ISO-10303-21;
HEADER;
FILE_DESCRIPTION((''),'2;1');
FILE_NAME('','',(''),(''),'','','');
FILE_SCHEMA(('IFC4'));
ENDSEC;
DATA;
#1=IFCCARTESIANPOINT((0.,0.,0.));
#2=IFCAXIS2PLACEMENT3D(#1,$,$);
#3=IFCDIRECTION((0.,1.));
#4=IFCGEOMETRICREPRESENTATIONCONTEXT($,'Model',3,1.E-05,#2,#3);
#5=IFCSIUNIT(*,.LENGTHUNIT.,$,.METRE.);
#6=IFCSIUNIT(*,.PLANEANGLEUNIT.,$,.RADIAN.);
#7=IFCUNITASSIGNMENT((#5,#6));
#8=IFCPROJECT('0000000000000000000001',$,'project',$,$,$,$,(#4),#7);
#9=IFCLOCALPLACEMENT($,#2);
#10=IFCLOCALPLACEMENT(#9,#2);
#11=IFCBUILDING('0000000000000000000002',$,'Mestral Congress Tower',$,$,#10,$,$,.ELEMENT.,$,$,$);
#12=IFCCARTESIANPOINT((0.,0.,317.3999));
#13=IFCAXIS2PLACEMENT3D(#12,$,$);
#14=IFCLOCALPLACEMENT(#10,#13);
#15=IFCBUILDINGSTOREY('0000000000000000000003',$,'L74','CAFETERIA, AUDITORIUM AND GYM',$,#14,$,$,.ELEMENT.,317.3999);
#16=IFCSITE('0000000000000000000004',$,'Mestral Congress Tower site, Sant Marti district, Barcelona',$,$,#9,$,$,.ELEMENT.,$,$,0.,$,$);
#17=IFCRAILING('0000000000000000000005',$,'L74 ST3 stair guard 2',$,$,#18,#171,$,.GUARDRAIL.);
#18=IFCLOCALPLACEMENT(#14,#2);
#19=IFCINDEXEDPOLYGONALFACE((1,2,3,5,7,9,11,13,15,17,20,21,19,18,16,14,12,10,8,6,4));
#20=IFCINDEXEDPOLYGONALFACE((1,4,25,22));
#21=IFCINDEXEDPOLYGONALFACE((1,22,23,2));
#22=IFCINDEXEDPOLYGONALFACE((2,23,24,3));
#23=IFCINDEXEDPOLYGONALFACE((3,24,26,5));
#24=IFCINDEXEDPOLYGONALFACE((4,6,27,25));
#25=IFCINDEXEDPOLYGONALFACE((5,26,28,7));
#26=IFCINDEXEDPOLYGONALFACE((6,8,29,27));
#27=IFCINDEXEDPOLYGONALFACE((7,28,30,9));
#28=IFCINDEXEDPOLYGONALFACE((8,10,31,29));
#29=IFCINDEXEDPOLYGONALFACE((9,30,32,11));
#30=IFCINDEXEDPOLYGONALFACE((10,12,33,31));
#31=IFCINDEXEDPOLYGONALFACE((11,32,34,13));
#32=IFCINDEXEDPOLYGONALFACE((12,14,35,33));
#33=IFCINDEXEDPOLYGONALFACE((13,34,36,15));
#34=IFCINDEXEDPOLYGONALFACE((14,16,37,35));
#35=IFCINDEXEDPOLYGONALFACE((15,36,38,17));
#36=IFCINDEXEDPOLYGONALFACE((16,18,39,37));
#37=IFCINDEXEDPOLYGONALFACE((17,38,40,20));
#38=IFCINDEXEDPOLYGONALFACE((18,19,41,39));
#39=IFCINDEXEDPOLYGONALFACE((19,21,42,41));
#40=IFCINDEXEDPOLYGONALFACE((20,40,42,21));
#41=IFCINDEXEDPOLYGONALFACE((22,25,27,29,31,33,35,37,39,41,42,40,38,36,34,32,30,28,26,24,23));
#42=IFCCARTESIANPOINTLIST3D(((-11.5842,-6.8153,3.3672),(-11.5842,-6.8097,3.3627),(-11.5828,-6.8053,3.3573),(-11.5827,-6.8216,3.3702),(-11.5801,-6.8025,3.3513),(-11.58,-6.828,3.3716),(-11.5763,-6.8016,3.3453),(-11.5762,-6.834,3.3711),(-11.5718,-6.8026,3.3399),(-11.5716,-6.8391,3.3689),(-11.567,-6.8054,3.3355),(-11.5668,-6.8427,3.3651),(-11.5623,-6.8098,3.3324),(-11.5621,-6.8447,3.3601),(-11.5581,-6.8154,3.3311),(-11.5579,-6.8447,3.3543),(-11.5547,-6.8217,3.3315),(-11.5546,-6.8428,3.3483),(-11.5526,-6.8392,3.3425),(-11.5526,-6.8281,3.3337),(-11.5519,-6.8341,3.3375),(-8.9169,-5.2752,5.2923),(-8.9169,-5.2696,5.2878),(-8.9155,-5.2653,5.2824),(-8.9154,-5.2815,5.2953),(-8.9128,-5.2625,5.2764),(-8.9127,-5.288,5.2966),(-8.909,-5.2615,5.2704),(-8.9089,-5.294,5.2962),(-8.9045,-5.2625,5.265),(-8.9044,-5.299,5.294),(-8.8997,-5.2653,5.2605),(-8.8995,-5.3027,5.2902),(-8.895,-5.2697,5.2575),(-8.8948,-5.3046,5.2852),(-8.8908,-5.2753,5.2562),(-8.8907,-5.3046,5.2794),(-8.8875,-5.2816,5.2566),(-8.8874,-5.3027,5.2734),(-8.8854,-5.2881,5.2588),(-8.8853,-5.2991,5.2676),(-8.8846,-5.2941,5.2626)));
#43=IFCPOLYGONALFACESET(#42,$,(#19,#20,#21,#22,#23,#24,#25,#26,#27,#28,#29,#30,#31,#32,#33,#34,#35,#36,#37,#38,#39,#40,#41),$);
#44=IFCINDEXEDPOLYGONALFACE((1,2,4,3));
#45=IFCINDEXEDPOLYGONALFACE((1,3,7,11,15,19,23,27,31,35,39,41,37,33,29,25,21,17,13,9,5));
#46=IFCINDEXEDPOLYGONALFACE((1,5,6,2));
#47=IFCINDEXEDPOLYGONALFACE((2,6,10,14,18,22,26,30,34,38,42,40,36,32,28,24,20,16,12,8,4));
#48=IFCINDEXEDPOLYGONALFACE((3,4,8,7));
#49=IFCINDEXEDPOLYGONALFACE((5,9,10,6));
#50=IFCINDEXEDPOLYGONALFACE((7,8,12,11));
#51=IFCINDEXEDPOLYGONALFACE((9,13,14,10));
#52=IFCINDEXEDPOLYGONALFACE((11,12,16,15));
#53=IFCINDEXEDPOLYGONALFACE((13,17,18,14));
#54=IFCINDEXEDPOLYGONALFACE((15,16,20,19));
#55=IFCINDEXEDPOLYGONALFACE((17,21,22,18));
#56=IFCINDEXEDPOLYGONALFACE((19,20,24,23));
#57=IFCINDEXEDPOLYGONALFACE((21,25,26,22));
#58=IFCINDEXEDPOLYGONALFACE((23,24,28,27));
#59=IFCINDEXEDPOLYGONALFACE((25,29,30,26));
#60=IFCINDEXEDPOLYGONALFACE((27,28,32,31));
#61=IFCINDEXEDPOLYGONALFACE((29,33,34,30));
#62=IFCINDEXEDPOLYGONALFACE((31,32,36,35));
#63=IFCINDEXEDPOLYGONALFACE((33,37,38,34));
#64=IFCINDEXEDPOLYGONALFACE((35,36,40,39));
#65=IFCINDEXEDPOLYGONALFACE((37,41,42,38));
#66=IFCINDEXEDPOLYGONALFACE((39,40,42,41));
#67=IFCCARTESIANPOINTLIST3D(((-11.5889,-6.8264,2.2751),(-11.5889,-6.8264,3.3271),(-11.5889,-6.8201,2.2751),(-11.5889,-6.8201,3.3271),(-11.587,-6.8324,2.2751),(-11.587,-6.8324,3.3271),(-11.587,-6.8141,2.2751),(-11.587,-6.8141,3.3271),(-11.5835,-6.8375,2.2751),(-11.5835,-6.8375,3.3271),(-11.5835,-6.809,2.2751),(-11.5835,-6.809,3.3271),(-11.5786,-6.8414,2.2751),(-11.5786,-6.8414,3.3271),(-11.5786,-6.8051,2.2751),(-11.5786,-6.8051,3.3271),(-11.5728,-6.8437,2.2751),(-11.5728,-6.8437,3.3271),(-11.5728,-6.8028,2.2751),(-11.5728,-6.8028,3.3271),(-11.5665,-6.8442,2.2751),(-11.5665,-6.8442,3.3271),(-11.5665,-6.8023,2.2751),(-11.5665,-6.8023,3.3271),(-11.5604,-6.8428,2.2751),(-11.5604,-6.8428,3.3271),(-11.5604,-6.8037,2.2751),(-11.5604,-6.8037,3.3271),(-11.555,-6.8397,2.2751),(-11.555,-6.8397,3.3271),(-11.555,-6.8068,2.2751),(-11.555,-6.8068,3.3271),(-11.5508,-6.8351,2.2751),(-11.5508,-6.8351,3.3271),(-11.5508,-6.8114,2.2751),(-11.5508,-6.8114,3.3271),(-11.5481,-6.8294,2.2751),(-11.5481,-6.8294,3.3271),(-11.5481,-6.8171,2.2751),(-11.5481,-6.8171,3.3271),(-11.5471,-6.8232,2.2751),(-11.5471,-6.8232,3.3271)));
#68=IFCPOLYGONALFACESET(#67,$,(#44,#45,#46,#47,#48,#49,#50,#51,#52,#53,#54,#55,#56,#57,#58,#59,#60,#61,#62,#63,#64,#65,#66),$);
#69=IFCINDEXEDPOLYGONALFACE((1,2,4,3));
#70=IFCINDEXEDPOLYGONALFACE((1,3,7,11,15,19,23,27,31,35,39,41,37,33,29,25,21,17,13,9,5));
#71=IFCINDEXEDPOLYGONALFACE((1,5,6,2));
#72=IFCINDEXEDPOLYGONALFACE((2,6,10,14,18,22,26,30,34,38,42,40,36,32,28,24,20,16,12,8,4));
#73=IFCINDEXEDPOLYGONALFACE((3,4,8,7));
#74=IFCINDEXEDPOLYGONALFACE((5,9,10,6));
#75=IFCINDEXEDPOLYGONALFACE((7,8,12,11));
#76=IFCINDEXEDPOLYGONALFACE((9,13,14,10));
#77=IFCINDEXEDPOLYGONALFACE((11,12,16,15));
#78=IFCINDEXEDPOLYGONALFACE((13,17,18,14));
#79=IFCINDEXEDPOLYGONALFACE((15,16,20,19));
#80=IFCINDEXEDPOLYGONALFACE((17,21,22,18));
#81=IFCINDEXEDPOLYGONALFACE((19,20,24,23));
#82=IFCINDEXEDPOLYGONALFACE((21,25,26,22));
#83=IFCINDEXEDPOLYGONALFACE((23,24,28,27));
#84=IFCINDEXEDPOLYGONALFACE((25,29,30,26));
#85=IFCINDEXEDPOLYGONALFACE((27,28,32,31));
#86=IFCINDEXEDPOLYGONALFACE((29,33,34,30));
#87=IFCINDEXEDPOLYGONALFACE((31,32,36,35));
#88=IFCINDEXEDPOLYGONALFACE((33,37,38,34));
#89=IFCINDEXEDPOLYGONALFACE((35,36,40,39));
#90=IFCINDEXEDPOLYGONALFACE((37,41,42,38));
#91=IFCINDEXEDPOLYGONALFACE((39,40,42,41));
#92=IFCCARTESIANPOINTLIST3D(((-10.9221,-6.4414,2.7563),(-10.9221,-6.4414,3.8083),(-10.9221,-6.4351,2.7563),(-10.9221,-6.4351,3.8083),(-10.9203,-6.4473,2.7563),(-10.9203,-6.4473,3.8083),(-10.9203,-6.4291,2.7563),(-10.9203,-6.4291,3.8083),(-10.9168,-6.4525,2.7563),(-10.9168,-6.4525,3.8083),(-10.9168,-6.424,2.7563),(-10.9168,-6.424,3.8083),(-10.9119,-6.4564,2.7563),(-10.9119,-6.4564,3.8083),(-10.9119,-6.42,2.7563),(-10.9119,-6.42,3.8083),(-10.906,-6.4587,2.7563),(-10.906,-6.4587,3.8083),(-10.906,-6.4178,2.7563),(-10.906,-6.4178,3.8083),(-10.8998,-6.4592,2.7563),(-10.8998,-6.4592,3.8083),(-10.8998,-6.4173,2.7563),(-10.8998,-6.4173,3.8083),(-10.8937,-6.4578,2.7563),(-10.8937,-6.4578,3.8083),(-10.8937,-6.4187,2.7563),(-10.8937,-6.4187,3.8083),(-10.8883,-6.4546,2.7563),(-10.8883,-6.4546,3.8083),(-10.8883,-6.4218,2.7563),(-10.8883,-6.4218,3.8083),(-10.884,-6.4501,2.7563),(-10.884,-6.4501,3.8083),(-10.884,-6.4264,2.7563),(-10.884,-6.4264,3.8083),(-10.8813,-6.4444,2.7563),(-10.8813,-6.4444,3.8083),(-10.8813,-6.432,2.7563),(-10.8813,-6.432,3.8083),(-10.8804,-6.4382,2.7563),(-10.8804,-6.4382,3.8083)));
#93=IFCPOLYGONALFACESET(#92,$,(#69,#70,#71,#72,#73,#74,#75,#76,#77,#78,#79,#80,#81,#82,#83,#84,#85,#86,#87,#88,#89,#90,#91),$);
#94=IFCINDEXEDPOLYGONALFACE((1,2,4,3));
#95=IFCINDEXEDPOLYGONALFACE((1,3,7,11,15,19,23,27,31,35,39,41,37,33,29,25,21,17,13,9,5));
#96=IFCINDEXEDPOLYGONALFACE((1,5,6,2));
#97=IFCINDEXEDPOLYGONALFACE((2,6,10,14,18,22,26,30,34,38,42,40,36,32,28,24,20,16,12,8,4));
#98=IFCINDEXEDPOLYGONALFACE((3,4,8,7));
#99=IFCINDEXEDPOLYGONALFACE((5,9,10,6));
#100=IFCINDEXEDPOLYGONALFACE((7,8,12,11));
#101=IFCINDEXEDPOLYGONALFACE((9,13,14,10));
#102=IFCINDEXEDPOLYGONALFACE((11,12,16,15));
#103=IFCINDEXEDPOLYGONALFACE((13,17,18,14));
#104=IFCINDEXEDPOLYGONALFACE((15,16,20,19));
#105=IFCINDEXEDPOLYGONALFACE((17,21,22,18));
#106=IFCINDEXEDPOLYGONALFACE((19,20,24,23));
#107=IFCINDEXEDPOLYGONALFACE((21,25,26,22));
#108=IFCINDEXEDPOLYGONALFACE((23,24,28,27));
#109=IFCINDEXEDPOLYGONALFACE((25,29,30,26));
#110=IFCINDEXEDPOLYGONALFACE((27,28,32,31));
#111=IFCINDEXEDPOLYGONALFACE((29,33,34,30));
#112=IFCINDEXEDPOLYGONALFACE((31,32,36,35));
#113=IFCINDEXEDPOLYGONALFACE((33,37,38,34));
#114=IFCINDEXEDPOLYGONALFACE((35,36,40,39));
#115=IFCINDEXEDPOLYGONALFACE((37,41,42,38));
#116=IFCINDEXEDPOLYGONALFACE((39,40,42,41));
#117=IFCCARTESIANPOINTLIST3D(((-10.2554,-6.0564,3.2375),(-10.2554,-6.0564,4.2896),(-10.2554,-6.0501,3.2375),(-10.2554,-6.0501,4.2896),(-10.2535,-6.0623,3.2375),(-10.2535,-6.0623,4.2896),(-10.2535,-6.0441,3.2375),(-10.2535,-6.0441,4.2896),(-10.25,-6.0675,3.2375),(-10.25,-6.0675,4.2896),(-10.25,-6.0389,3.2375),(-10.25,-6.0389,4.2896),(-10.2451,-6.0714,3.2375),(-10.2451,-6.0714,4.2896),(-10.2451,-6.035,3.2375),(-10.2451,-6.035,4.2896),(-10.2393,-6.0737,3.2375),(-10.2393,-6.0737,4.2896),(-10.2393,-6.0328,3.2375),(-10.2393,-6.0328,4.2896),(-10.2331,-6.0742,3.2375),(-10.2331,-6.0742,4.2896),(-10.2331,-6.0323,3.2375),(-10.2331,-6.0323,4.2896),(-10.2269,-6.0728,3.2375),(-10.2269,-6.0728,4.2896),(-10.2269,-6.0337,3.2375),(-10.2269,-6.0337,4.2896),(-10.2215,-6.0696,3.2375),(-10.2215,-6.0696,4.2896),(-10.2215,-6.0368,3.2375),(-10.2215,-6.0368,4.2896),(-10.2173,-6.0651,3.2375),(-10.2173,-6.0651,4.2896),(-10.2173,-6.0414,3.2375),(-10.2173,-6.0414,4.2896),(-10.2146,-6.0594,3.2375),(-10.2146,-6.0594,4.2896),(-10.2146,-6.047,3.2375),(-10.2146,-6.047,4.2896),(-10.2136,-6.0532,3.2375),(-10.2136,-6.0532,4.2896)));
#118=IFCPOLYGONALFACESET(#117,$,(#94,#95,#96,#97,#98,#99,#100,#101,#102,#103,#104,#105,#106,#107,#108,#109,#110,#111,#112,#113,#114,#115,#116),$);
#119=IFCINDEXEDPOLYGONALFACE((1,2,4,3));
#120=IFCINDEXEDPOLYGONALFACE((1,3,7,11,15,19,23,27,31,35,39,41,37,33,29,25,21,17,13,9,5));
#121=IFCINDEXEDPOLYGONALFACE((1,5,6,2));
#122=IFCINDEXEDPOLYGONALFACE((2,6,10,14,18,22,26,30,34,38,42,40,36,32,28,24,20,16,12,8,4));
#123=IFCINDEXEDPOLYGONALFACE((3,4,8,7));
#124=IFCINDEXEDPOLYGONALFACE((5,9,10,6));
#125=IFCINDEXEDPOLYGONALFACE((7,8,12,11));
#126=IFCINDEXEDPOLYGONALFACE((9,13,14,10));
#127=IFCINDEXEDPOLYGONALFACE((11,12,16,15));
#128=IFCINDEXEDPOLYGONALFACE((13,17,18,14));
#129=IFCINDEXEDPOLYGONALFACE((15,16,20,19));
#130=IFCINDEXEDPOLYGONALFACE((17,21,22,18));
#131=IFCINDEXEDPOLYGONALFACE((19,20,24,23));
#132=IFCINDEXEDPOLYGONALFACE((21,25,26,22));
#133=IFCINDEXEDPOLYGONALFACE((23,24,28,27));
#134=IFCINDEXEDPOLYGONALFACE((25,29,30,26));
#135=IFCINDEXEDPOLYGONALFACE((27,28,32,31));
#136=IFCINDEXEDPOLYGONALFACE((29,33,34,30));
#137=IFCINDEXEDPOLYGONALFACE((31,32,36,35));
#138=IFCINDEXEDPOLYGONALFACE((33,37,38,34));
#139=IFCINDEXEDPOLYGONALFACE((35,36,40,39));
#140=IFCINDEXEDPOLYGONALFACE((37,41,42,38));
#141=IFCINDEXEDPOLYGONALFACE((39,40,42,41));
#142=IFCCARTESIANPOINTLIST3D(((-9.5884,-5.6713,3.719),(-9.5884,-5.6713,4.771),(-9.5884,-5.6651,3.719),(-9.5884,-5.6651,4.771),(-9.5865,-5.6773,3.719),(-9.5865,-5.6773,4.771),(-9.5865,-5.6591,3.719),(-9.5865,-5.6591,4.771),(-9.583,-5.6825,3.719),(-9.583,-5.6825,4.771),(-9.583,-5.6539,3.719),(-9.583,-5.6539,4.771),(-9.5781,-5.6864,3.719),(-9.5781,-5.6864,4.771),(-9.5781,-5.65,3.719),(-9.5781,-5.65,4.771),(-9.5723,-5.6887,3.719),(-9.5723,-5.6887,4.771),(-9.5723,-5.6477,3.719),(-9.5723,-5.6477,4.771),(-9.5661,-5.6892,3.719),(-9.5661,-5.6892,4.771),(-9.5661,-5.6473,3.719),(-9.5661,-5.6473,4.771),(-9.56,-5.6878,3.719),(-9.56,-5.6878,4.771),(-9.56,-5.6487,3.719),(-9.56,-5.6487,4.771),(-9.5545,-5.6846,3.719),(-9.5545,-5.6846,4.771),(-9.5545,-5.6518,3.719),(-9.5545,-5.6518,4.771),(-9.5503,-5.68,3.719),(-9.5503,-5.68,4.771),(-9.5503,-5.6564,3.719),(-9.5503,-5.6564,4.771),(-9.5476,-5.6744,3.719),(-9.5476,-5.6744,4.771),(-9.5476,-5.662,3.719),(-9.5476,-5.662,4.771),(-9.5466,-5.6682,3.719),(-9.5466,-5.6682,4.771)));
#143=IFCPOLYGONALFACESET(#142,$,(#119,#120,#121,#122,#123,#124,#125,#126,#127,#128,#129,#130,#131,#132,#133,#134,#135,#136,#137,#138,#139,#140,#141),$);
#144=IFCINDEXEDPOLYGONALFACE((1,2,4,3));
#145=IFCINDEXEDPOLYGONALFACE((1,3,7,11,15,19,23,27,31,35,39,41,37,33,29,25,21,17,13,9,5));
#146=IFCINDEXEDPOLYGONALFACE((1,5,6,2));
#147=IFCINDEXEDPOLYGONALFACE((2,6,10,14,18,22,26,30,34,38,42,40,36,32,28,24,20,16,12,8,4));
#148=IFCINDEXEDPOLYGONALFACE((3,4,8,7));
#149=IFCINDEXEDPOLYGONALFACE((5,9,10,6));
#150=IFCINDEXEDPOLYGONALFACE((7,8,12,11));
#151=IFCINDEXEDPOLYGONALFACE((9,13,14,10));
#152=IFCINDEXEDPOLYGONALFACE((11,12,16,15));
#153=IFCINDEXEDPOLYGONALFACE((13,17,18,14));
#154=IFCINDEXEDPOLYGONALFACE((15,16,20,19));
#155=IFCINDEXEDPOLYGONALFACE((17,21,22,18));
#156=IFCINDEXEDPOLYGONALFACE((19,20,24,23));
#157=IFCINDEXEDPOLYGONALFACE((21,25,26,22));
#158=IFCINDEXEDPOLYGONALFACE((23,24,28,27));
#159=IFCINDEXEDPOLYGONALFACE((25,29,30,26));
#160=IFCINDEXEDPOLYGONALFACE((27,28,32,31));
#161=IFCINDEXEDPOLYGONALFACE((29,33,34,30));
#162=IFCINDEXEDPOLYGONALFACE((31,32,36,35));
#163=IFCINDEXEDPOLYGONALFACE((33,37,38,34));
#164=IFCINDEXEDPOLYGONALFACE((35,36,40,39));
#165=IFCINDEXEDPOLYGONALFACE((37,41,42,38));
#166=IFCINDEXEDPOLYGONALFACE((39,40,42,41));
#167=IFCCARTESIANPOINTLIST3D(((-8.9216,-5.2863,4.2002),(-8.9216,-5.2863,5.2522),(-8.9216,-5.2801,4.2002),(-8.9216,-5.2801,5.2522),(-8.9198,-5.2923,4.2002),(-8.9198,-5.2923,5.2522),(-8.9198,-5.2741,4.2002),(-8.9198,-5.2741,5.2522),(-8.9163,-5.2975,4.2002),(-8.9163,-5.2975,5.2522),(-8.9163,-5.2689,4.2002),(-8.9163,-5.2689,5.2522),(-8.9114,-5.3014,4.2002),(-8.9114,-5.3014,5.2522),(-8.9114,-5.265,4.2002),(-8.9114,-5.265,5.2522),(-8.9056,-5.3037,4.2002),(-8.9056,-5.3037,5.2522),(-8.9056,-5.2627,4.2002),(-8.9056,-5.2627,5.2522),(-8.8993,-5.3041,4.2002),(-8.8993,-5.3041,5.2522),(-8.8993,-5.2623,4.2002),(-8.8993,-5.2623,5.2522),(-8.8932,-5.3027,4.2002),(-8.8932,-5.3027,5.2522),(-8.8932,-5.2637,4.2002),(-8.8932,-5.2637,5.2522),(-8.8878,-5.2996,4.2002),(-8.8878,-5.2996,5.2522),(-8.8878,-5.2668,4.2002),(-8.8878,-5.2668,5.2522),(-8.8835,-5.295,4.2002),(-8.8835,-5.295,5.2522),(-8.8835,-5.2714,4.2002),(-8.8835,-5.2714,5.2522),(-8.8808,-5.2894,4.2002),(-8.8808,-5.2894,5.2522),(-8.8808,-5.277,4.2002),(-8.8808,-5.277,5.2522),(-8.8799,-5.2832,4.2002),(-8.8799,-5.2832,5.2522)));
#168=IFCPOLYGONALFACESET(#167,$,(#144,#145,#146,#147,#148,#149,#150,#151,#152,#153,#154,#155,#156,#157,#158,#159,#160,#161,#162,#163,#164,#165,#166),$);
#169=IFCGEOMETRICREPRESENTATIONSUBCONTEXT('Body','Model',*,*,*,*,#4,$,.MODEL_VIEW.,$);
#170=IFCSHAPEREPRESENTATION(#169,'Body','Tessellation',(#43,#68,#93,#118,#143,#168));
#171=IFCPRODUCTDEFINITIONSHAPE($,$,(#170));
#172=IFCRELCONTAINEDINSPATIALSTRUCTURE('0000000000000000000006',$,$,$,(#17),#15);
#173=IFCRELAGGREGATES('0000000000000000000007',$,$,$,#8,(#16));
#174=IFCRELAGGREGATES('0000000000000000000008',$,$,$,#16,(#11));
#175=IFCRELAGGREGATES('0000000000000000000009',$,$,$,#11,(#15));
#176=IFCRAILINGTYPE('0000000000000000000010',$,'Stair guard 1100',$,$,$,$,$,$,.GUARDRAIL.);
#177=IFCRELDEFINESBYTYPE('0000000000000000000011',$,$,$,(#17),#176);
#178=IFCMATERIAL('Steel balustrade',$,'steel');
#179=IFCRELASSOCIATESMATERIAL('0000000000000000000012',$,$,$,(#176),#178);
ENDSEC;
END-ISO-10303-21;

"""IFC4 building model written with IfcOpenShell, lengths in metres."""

from ifc_helpers import new_model, si_unit, direction, frame, origin, origin_2d, place, context, subcontext, project, spatial, circle, extrude, material, type_object, element, save


model = new_model("IFC4")

# Units and contexts
model_context = context("Model", 3, precision=1e-05, world=origin(), true_north=direction((0.0, 1.0)))
body_context = subcontext(model_context, "Body", "Model", "MODEL_VIEW")
ifc_project = project(units=[si_unit("LENGTHUNIT", "METRE"), si_unit("PLANEANGLEUNIT", "RADIAN")], contexts=[model_context])

# Site, building, storey
site_placement = place(None, origin())
site = spatial("IfcSite", under=ifc_project, at=site_placement, Name="Mestral Congress Tower site, Sant Marti district, Barcelona", CompositionType="ELEMENT", RefElevation=0.0)
building_placement = place(site_placement, origin())
building = spatial("IfcBuilding", under=site, at=building_placement, Name="Mestral Congress Tower", CompositionType="ELEMENT")
storey_placement = place(building_placement, frame((0.0, 0.0, 317.3999)))
storey = spatial("IfcBuildingStorey", under=building, at=storey_placement, Name="L74", Description="CAFETERIA, AUDITORIUM AND GYM", CompositionType="ELEMENT", Elevation=317.3999)

# Railing
ifc_material_1 = material(Name="Steel balustrade", Category="steel")
railing_type_1 = type_object("IfcRailingType", Name="Stair guard 1100", PredefinedType="GUARDRAIL", material=ifc_material_1)
railing_1_placement = place(storey_placement, frame((-11.5681, -6.8232, 2.2751)))
element("IfcRailing", 1, at=railing_1_placement, inside=storey, type_object=railing_type_1, Name="L74 ST3 stair guard 2", PredefinedType="GUARDRAIL", context=body_context, shape_type="SweptSolid", body=[
    extrude(circle(Radius=0.0239, at=origin_2d()), frame((0.0, 0.0, 1.0762), z_axis=(0.734364, 0.424015, 0.530019), x_axis=(-0.500027, 0.86601, 0.0)), (0.0, 0.0, 1.0), 3.6321),
    extrude(circle(Radius=0.021, at=origin_2d()), origin(), (0.0, 0.0, 1.0), 1.052),
    extrude(circle(Radius=0.021, at=origin_2d()), frame((0.6667, 0.385, 0.4812)), (0.0, 0.0, 1.0), 1.052),
    extrude(circle(Radius=0.021, at=origin_2d()), frame((1.3335, 0.77, 0.9624)), (0.0, 0.0, 1.0), 1.052),
    extrude(circle(Radius=0.021, at=origin_2d()), frame((2.0005, 1.155, 1.4438)), (0.0, 0.0, 1.0), 1.052),
    extrude(circle(Radius=0.021, at=origin_2d()), frame((2.6672, 1.54, 1.925)), (0.0, 0.0, 1.0), 1.052),
])

save(model, "model.ifc")
